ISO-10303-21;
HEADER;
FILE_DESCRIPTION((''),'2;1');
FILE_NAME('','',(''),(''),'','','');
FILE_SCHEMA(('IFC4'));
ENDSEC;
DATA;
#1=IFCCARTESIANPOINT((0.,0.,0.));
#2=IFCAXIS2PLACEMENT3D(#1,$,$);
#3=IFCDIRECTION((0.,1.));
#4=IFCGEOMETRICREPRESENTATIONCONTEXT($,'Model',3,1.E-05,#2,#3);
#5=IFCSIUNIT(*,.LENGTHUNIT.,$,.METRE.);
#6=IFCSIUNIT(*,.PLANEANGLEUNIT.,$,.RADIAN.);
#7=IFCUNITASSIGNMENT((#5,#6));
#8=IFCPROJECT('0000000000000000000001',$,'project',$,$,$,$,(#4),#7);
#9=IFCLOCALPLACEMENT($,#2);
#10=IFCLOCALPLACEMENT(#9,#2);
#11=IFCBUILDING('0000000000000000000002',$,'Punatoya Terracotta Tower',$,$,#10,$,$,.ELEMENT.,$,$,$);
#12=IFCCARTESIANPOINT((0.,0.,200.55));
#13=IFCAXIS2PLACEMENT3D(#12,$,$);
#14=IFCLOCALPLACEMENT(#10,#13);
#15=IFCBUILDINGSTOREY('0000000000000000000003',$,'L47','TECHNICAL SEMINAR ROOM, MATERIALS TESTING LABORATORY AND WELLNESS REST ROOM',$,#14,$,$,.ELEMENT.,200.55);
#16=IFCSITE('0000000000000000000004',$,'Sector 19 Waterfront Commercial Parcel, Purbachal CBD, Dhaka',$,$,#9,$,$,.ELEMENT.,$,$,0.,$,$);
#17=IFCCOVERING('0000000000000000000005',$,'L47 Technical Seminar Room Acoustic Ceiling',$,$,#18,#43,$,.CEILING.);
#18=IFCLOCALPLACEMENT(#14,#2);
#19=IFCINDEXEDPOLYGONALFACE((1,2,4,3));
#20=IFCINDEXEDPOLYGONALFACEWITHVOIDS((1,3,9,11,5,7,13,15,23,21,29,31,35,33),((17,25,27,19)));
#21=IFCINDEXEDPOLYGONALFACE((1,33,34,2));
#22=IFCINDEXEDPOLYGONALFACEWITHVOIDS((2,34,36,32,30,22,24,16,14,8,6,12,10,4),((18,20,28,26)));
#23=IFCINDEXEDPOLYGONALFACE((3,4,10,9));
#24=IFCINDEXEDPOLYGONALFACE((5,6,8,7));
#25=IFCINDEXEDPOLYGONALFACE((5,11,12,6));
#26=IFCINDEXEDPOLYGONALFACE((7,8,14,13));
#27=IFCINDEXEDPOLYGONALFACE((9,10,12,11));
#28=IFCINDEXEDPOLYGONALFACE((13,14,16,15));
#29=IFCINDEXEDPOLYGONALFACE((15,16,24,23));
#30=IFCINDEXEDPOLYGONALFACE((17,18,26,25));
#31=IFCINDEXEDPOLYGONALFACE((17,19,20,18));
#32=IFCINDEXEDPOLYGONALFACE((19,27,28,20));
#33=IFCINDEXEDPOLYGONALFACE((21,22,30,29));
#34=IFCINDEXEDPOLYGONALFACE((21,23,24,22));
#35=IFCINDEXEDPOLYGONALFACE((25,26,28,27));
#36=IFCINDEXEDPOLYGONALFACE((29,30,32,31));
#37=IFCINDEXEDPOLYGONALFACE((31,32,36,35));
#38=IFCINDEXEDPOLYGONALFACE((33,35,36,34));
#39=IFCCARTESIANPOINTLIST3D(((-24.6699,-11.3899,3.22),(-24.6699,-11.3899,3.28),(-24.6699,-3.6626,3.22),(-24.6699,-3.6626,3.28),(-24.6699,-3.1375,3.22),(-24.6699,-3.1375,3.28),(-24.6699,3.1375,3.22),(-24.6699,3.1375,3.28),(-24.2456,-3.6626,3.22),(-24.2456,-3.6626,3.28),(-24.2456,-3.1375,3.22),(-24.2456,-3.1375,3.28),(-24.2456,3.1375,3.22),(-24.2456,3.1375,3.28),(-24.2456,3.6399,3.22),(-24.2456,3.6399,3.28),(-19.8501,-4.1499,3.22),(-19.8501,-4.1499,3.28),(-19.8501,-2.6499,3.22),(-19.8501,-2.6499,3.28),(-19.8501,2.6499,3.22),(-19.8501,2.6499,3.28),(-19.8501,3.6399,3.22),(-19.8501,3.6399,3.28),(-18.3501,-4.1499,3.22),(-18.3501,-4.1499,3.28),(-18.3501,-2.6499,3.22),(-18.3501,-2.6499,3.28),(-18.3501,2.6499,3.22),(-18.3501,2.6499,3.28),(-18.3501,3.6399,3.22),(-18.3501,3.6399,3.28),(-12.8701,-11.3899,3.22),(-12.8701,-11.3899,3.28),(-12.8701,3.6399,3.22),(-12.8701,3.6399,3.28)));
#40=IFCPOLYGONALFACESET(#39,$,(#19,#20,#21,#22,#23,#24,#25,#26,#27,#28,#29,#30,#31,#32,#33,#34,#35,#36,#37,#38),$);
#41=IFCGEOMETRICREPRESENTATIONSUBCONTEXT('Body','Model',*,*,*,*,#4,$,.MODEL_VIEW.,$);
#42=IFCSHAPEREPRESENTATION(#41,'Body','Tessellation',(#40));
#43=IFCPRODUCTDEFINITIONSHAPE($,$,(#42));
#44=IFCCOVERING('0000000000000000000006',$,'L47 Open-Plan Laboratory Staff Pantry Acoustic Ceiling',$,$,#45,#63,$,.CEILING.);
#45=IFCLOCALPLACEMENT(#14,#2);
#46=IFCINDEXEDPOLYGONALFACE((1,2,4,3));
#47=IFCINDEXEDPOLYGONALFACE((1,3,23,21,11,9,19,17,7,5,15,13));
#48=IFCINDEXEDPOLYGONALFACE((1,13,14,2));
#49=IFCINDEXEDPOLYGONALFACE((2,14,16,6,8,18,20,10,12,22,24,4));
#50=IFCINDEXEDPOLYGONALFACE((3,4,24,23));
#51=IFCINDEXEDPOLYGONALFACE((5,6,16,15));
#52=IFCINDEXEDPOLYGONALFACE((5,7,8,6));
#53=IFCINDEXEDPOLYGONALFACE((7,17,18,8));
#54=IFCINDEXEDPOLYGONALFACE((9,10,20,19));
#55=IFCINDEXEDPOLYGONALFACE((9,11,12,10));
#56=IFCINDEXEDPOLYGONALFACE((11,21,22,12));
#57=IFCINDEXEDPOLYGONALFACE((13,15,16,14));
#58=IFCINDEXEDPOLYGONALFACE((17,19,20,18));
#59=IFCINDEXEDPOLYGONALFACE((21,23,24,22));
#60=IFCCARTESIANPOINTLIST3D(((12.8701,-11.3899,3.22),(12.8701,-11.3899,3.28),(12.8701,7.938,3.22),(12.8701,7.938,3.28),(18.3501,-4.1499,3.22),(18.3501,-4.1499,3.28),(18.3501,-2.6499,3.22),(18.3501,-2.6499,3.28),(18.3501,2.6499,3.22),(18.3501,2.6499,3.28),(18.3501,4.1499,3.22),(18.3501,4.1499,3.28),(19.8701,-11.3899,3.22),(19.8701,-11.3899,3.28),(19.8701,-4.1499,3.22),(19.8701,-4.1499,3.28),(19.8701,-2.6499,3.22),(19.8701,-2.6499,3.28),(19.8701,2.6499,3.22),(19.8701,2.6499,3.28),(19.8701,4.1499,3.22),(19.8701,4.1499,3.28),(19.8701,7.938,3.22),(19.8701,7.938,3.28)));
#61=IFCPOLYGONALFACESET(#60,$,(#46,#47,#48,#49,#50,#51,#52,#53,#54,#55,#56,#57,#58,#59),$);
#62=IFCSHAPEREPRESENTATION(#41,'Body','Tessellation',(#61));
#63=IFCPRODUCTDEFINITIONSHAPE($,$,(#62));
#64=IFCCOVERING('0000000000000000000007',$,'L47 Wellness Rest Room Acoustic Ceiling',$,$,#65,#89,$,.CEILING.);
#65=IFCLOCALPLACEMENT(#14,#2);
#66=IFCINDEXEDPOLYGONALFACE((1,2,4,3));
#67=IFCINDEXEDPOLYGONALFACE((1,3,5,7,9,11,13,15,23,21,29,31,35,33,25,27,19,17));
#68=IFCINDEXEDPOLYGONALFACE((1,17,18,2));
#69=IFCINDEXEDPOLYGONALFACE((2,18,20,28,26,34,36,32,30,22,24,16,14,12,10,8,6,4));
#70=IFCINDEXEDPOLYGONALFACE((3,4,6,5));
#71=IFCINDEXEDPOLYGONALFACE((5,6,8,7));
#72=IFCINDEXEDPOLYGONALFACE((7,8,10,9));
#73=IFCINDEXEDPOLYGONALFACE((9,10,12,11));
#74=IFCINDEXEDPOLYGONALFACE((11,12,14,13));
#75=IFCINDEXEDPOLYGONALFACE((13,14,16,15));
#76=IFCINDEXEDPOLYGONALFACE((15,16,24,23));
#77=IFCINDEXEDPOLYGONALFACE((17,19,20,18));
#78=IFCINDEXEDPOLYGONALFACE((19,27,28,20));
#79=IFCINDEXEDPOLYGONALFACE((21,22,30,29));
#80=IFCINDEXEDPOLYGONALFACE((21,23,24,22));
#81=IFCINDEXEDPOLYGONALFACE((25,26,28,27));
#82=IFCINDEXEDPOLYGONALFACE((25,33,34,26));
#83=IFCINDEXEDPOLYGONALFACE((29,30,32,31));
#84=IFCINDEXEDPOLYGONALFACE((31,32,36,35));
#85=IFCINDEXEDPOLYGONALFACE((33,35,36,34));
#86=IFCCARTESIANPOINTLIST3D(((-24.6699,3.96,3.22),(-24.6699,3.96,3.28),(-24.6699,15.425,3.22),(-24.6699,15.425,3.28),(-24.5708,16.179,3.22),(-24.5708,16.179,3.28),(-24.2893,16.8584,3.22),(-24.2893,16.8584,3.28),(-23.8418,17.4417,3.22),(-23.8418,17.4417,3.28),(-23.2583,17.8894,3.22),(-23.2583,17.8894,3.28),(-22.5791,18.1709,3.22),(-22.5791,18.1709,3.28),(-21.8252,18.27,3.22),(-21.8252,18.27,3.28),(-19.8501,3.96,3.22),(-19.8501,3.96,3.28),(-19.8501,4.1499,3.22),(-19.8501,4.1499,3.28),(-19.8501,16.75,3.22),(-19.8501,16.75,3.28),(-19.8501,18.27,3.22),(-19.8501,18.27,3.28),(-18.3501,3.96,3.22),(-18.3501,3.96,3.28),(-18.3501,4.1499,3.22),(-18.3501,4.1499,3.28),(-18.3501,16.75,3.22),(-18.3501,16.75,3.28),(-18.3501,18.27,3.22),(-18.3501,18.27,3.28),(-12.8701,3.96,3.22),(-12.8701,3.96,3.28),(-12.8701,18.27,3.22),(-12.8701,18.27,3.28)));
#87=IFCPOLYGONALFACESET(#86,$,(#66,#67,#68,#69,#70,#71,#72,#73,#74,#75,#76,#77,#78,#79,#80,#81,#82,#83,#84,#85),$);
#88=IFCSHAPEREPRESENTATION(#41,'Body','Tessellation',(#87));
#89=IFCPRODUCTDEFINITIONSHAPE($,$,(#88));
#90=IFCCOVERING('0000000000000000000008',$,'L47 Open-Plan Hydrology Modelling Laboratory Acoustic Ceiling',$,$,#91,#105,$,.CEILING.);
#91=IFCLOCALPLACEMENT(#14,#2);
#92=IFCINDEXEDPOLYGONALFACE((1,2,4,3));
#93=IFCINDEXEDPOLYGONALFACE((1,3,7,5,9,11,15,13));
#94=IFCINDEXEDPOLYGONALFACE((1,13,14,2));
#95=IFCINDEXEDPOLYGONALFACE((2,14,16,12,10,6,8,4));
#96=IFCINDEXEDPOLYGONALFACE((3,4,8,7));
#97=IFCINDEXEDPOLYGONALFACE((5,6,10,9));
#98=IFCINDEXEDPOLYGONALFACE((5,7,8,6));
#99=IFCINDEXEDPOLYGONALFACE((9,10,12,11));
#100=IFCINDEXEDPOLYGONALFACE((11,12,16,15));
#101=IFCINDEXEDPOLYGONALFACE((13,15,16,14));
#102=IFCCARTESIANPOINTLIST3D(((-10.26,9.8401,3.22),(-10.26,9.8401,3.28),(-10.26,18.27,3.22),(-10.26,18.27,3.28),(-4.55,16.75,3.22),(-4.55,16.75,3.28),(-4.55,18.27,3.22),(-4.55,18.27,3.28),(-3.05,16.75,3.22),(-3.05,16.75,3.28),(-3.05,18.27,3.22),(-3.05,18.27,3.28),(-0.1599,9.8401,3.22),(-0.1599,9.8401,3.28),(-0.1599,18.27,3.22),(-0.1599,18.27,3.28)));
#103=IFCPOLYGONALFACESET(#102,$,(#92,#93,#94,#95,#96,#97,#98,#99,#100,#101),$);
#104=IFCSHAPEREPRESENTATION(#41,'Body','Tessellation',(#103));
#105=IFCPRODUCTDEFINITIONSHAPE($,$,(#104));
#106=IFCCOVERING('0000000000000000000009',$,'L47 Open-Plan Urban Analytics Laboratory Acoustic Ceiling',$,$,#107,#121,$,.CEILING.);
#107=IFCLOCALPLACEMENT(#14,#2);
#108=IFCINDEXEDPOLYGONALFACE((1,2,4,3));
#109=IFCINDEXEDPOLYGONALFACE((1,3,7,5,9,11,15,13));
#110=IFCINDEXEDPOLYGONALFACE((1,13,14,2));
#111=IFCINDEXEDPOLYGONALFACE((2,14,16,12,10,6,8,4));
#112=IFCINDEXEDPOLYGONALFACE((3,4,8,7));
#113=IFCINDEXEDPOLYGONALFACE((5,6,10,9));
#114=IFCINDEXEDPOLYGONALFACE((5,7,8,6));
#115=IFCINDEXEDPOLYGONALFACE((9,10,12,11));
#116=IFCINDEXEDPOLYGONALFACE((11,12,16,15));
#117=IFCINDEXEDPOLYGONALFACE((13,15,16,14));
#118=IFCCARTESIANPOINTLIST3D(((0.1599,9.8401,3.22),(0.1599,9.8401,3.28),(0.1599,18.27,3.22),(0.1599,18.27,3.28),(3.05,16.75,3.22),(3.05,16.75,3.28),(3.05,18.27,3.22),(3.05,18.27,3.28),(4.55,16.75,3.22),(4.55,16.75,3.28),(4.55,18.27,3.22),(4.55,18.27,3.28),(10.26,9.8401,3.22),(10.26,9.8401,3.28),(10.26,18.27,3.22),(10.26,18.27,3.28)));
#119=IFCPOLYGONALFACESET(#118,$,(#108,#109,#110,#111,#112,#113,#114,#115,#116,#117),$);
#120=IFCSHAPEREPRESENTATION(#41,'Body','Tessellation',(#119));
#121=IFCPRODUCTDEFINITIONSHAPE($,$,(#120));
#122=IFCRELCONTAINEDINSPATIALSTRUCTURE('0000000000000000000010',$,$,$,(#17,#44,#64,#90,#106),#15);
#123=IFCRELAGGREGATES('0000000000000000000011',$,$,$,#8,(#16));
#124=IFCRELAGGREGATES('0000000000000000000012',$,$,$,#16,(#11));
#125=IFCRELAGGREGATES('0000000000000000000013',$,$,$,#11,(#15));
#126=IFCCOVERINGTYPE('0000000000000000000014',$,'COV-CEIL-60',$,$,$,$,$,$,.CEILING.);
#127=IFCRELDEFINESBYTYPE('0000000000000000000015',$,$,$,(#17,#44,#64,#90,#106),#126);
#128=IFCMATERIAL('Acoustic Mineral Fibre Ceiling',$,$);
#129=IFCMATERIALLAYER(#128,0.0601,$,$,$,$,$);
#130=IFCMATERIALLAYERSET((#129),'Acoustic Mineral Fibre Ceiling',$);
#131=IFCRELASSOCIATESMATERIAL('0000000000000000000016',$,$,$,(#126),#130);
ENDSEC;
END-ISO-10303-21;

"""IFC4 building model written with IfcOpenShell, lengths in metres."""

from ifc_helpers import new_model, si_unit, direction, frame, origin, place, context, subcontext, project, spatial, polyline, outline, extrude, material, layer, layer_set, type_object, element, save


model = new_model("IFC4")

# Units and contexts
model_context = context("Model", 3, precision=1e-05, world=origin(), true_north=direction((0.0, 1.0)))
body_context = subcontext(model_context, "Body", "Model", "MODEL_VIEW")
ifc_project = project(units=[si_unit("LENGTHUNIT", "METRE"), si_unit("PLANEANGLEUNIT", "RADIAN")], contexts=[model_context])

# Site, building, storey
site_placement = place(None, origin())
site = spatial("IfcSite", under=ifc_project, at=site_placement, Name="Sector 19 Waterfront Commercial Parcel, Purbachal CBD, Dhaka", CompositionType="ELEMENT", RefElevation=0.0)
building_placement = place(site_placement, origin())
building = spatial("IfcBuilding", under=site, at=building_placement, Name="Punatoya Terracotta Tower", CompositionType="ELEMENT")
storey_placement = place(building_placement, frame((0.0, 0.0, 200.55)))
storey = spatial("IfcBuildingStorey", under=building, at=storey_placement, Name="L47", Description="TECHNICAL SEMINAR ROOM, MATERIALS TESTING LABORATORY AND WELLNESS REST ROOM", CompositionType="ELEMENT", Elevation=200.55)

# Coverings
ifc_material_1 = material(Name="Acoustic Mineral Fibre Ceiling")
ifc_layer_1 = layer(ifc_material_1, 0.0601)
ifc_layer_set_1 = layer_set([ifc_layer_1], Name="Acoustic Mineral Fibre Ceiling")
covering_type = type_object("IfcCoveringType", Name="COV-CEIL-60", PredefinedType="CEILING", material=ifc_layer_set_1)
covering_1_placement = place(storey_placement, frame((0.0, 0.0, 3.22)))
element("IfcCovering", 1, at=covering_1_placement, inside=storey, type_object=covering_type, Name="L47 Technical Seminar Room Acoustic Ceiling", PredefinedType="CEILING", context=body_context, shape_type="SweptSolid", body=[
    extrude(outline(polyline([(-24.6699, -3.6626), (-24.6699, -11.3899), (-12.8701, -11.3899), (-12.8701, 3.6399), (-18.3501, 3.6399), (-18.3501, 2.6499), (-19.8501, 2.6499), (-19.8501, 3.6399), (-24.2456, 3.6399), (-24.2456, 3.1375), (-24.6699, 3.1375), (-24.6699, -3.1375), (-24.2456, -3.1375), (-24.2456, -3.6626), (-24.6699, -3.6626)]), holes=[polyline([(-18.3501, -4.1499), (-19.8501, -4.1499), (-19.8501, -2.6499), (-18.3501, -2.6499), (-18.3501, -4.1499)])]), origin(), (0.0, 0.0, 1.0), 0.0601),
])
covering_2_placement = place(storey_placement, frame((0.0, 0.0, 3.22)))
element("IfcCovering", 2, at=covering_2_placement, inside=storey, type_object=covering_type, Name="L47 Open-Plan Laboratory Staff Pantry Acoustic Ceiling", PredefinedType="CEILING", context=body_context, shape_type="SweptSolid", body=[
    extrude(outline(polyline([(18.3501, -4.1499), (18.3501, -2.6499), (19.8701, -2.6499), (19.8701, 2.6499), (18.3501, 2.6499), (18.3501, 4.1499), (19.8701, 4.1499), (19.8701, 7.938), (12.8701, 7.938), (12.8701, -11.3899), (19.8701, -11.3899), (19.8701, -4.1499), (18.3501, -4.1499)])), origin(), (0.0, 0.0, 1.0), 0.0601),
])
covering_3_placement = place(storey_placement, frame((0.0, 0.0, 3.22)))
element("IfcCovering", 3, at=covering_3_placement, inside=storey, type_object=covering_type, Name="L47 Wellness Rest Room Acoustic Ceiling", PredefinedType="CEILING", context=body_context, shape_type="SweptSolid", body=[
    extrude(outline(polyline([(-19.8501, 18.27), (-21.8252, 18.27), (-22.5791, 18.1709), (-23.2583, 17.8894), (-23.8418, 17.4417), (-24.2893, 16.8584), (-24.5708, 16.179), (-24.6699, 15.425), (-24.6699, 3.96), (-19.8501, 3.96), (-19.8501, 4.1499), (-18.3501, 4.1499), (-18.3501, 3.96), (-12.8701, 3.96), (-12.8701, 18.27), (-18.3501, 18.27), (-18.3501, 16.75), (-19.8501, 16.75), (-19.8501, 18.27)])), origin(), (0.0, 0.0, 1.0), 0.0601),
])
covering_4_placement = place(storey_placement, frame((0.0, 0.0, 3.22)))
element("IfcCovering", 4, at=covering_4_placement, inside=storey, type_object=covering_type, Name="L47 Open-Plan Hydrology Modelling Laboratory Acoustic Ceiling", PredefinedType="CEILING", context=body_context, shape_type="SweptSolid", body=[
    extrude(outline(polyline([(-10.26, 18.27), (-10.26, 9.8401), (-0.1599, 9.8401), (-0.1599, 18.27), (-3.05, 18.27), (-3.05, 16.75), (-4.55, 16.75), (-4.55, 18.27), (-10.26, 18.27)])), origin(), (0.0, 0.0, 1.0), 0.0601),
])
covering_5_placement = place(storey_placement, frame((0.0, 0.0, 3.22)))
element("IfcCovering", 5, at=covering_5_placement, inside=storey, type_object=covering_type, Name="L47 Open-Plan Urban Analytics Laboratory Acoustic Ceiling", PredefinedType="CEILING", context=body_context, shape_type="SweptSolid", body=[
    extrude(outline(polyline([(3.05, 18.27), (0.1599, 18.27), (0.1599, 9.8401), (10.26, 9.8401), (10.26, 18.27), (4.55, 18.27), (4.55, 16.75), (3.05, 16.75), (3.05, 18.27)])), origin(), (0.0, 0.0, 1.0), 0.0601),
])

save(model, "model.ifc")
